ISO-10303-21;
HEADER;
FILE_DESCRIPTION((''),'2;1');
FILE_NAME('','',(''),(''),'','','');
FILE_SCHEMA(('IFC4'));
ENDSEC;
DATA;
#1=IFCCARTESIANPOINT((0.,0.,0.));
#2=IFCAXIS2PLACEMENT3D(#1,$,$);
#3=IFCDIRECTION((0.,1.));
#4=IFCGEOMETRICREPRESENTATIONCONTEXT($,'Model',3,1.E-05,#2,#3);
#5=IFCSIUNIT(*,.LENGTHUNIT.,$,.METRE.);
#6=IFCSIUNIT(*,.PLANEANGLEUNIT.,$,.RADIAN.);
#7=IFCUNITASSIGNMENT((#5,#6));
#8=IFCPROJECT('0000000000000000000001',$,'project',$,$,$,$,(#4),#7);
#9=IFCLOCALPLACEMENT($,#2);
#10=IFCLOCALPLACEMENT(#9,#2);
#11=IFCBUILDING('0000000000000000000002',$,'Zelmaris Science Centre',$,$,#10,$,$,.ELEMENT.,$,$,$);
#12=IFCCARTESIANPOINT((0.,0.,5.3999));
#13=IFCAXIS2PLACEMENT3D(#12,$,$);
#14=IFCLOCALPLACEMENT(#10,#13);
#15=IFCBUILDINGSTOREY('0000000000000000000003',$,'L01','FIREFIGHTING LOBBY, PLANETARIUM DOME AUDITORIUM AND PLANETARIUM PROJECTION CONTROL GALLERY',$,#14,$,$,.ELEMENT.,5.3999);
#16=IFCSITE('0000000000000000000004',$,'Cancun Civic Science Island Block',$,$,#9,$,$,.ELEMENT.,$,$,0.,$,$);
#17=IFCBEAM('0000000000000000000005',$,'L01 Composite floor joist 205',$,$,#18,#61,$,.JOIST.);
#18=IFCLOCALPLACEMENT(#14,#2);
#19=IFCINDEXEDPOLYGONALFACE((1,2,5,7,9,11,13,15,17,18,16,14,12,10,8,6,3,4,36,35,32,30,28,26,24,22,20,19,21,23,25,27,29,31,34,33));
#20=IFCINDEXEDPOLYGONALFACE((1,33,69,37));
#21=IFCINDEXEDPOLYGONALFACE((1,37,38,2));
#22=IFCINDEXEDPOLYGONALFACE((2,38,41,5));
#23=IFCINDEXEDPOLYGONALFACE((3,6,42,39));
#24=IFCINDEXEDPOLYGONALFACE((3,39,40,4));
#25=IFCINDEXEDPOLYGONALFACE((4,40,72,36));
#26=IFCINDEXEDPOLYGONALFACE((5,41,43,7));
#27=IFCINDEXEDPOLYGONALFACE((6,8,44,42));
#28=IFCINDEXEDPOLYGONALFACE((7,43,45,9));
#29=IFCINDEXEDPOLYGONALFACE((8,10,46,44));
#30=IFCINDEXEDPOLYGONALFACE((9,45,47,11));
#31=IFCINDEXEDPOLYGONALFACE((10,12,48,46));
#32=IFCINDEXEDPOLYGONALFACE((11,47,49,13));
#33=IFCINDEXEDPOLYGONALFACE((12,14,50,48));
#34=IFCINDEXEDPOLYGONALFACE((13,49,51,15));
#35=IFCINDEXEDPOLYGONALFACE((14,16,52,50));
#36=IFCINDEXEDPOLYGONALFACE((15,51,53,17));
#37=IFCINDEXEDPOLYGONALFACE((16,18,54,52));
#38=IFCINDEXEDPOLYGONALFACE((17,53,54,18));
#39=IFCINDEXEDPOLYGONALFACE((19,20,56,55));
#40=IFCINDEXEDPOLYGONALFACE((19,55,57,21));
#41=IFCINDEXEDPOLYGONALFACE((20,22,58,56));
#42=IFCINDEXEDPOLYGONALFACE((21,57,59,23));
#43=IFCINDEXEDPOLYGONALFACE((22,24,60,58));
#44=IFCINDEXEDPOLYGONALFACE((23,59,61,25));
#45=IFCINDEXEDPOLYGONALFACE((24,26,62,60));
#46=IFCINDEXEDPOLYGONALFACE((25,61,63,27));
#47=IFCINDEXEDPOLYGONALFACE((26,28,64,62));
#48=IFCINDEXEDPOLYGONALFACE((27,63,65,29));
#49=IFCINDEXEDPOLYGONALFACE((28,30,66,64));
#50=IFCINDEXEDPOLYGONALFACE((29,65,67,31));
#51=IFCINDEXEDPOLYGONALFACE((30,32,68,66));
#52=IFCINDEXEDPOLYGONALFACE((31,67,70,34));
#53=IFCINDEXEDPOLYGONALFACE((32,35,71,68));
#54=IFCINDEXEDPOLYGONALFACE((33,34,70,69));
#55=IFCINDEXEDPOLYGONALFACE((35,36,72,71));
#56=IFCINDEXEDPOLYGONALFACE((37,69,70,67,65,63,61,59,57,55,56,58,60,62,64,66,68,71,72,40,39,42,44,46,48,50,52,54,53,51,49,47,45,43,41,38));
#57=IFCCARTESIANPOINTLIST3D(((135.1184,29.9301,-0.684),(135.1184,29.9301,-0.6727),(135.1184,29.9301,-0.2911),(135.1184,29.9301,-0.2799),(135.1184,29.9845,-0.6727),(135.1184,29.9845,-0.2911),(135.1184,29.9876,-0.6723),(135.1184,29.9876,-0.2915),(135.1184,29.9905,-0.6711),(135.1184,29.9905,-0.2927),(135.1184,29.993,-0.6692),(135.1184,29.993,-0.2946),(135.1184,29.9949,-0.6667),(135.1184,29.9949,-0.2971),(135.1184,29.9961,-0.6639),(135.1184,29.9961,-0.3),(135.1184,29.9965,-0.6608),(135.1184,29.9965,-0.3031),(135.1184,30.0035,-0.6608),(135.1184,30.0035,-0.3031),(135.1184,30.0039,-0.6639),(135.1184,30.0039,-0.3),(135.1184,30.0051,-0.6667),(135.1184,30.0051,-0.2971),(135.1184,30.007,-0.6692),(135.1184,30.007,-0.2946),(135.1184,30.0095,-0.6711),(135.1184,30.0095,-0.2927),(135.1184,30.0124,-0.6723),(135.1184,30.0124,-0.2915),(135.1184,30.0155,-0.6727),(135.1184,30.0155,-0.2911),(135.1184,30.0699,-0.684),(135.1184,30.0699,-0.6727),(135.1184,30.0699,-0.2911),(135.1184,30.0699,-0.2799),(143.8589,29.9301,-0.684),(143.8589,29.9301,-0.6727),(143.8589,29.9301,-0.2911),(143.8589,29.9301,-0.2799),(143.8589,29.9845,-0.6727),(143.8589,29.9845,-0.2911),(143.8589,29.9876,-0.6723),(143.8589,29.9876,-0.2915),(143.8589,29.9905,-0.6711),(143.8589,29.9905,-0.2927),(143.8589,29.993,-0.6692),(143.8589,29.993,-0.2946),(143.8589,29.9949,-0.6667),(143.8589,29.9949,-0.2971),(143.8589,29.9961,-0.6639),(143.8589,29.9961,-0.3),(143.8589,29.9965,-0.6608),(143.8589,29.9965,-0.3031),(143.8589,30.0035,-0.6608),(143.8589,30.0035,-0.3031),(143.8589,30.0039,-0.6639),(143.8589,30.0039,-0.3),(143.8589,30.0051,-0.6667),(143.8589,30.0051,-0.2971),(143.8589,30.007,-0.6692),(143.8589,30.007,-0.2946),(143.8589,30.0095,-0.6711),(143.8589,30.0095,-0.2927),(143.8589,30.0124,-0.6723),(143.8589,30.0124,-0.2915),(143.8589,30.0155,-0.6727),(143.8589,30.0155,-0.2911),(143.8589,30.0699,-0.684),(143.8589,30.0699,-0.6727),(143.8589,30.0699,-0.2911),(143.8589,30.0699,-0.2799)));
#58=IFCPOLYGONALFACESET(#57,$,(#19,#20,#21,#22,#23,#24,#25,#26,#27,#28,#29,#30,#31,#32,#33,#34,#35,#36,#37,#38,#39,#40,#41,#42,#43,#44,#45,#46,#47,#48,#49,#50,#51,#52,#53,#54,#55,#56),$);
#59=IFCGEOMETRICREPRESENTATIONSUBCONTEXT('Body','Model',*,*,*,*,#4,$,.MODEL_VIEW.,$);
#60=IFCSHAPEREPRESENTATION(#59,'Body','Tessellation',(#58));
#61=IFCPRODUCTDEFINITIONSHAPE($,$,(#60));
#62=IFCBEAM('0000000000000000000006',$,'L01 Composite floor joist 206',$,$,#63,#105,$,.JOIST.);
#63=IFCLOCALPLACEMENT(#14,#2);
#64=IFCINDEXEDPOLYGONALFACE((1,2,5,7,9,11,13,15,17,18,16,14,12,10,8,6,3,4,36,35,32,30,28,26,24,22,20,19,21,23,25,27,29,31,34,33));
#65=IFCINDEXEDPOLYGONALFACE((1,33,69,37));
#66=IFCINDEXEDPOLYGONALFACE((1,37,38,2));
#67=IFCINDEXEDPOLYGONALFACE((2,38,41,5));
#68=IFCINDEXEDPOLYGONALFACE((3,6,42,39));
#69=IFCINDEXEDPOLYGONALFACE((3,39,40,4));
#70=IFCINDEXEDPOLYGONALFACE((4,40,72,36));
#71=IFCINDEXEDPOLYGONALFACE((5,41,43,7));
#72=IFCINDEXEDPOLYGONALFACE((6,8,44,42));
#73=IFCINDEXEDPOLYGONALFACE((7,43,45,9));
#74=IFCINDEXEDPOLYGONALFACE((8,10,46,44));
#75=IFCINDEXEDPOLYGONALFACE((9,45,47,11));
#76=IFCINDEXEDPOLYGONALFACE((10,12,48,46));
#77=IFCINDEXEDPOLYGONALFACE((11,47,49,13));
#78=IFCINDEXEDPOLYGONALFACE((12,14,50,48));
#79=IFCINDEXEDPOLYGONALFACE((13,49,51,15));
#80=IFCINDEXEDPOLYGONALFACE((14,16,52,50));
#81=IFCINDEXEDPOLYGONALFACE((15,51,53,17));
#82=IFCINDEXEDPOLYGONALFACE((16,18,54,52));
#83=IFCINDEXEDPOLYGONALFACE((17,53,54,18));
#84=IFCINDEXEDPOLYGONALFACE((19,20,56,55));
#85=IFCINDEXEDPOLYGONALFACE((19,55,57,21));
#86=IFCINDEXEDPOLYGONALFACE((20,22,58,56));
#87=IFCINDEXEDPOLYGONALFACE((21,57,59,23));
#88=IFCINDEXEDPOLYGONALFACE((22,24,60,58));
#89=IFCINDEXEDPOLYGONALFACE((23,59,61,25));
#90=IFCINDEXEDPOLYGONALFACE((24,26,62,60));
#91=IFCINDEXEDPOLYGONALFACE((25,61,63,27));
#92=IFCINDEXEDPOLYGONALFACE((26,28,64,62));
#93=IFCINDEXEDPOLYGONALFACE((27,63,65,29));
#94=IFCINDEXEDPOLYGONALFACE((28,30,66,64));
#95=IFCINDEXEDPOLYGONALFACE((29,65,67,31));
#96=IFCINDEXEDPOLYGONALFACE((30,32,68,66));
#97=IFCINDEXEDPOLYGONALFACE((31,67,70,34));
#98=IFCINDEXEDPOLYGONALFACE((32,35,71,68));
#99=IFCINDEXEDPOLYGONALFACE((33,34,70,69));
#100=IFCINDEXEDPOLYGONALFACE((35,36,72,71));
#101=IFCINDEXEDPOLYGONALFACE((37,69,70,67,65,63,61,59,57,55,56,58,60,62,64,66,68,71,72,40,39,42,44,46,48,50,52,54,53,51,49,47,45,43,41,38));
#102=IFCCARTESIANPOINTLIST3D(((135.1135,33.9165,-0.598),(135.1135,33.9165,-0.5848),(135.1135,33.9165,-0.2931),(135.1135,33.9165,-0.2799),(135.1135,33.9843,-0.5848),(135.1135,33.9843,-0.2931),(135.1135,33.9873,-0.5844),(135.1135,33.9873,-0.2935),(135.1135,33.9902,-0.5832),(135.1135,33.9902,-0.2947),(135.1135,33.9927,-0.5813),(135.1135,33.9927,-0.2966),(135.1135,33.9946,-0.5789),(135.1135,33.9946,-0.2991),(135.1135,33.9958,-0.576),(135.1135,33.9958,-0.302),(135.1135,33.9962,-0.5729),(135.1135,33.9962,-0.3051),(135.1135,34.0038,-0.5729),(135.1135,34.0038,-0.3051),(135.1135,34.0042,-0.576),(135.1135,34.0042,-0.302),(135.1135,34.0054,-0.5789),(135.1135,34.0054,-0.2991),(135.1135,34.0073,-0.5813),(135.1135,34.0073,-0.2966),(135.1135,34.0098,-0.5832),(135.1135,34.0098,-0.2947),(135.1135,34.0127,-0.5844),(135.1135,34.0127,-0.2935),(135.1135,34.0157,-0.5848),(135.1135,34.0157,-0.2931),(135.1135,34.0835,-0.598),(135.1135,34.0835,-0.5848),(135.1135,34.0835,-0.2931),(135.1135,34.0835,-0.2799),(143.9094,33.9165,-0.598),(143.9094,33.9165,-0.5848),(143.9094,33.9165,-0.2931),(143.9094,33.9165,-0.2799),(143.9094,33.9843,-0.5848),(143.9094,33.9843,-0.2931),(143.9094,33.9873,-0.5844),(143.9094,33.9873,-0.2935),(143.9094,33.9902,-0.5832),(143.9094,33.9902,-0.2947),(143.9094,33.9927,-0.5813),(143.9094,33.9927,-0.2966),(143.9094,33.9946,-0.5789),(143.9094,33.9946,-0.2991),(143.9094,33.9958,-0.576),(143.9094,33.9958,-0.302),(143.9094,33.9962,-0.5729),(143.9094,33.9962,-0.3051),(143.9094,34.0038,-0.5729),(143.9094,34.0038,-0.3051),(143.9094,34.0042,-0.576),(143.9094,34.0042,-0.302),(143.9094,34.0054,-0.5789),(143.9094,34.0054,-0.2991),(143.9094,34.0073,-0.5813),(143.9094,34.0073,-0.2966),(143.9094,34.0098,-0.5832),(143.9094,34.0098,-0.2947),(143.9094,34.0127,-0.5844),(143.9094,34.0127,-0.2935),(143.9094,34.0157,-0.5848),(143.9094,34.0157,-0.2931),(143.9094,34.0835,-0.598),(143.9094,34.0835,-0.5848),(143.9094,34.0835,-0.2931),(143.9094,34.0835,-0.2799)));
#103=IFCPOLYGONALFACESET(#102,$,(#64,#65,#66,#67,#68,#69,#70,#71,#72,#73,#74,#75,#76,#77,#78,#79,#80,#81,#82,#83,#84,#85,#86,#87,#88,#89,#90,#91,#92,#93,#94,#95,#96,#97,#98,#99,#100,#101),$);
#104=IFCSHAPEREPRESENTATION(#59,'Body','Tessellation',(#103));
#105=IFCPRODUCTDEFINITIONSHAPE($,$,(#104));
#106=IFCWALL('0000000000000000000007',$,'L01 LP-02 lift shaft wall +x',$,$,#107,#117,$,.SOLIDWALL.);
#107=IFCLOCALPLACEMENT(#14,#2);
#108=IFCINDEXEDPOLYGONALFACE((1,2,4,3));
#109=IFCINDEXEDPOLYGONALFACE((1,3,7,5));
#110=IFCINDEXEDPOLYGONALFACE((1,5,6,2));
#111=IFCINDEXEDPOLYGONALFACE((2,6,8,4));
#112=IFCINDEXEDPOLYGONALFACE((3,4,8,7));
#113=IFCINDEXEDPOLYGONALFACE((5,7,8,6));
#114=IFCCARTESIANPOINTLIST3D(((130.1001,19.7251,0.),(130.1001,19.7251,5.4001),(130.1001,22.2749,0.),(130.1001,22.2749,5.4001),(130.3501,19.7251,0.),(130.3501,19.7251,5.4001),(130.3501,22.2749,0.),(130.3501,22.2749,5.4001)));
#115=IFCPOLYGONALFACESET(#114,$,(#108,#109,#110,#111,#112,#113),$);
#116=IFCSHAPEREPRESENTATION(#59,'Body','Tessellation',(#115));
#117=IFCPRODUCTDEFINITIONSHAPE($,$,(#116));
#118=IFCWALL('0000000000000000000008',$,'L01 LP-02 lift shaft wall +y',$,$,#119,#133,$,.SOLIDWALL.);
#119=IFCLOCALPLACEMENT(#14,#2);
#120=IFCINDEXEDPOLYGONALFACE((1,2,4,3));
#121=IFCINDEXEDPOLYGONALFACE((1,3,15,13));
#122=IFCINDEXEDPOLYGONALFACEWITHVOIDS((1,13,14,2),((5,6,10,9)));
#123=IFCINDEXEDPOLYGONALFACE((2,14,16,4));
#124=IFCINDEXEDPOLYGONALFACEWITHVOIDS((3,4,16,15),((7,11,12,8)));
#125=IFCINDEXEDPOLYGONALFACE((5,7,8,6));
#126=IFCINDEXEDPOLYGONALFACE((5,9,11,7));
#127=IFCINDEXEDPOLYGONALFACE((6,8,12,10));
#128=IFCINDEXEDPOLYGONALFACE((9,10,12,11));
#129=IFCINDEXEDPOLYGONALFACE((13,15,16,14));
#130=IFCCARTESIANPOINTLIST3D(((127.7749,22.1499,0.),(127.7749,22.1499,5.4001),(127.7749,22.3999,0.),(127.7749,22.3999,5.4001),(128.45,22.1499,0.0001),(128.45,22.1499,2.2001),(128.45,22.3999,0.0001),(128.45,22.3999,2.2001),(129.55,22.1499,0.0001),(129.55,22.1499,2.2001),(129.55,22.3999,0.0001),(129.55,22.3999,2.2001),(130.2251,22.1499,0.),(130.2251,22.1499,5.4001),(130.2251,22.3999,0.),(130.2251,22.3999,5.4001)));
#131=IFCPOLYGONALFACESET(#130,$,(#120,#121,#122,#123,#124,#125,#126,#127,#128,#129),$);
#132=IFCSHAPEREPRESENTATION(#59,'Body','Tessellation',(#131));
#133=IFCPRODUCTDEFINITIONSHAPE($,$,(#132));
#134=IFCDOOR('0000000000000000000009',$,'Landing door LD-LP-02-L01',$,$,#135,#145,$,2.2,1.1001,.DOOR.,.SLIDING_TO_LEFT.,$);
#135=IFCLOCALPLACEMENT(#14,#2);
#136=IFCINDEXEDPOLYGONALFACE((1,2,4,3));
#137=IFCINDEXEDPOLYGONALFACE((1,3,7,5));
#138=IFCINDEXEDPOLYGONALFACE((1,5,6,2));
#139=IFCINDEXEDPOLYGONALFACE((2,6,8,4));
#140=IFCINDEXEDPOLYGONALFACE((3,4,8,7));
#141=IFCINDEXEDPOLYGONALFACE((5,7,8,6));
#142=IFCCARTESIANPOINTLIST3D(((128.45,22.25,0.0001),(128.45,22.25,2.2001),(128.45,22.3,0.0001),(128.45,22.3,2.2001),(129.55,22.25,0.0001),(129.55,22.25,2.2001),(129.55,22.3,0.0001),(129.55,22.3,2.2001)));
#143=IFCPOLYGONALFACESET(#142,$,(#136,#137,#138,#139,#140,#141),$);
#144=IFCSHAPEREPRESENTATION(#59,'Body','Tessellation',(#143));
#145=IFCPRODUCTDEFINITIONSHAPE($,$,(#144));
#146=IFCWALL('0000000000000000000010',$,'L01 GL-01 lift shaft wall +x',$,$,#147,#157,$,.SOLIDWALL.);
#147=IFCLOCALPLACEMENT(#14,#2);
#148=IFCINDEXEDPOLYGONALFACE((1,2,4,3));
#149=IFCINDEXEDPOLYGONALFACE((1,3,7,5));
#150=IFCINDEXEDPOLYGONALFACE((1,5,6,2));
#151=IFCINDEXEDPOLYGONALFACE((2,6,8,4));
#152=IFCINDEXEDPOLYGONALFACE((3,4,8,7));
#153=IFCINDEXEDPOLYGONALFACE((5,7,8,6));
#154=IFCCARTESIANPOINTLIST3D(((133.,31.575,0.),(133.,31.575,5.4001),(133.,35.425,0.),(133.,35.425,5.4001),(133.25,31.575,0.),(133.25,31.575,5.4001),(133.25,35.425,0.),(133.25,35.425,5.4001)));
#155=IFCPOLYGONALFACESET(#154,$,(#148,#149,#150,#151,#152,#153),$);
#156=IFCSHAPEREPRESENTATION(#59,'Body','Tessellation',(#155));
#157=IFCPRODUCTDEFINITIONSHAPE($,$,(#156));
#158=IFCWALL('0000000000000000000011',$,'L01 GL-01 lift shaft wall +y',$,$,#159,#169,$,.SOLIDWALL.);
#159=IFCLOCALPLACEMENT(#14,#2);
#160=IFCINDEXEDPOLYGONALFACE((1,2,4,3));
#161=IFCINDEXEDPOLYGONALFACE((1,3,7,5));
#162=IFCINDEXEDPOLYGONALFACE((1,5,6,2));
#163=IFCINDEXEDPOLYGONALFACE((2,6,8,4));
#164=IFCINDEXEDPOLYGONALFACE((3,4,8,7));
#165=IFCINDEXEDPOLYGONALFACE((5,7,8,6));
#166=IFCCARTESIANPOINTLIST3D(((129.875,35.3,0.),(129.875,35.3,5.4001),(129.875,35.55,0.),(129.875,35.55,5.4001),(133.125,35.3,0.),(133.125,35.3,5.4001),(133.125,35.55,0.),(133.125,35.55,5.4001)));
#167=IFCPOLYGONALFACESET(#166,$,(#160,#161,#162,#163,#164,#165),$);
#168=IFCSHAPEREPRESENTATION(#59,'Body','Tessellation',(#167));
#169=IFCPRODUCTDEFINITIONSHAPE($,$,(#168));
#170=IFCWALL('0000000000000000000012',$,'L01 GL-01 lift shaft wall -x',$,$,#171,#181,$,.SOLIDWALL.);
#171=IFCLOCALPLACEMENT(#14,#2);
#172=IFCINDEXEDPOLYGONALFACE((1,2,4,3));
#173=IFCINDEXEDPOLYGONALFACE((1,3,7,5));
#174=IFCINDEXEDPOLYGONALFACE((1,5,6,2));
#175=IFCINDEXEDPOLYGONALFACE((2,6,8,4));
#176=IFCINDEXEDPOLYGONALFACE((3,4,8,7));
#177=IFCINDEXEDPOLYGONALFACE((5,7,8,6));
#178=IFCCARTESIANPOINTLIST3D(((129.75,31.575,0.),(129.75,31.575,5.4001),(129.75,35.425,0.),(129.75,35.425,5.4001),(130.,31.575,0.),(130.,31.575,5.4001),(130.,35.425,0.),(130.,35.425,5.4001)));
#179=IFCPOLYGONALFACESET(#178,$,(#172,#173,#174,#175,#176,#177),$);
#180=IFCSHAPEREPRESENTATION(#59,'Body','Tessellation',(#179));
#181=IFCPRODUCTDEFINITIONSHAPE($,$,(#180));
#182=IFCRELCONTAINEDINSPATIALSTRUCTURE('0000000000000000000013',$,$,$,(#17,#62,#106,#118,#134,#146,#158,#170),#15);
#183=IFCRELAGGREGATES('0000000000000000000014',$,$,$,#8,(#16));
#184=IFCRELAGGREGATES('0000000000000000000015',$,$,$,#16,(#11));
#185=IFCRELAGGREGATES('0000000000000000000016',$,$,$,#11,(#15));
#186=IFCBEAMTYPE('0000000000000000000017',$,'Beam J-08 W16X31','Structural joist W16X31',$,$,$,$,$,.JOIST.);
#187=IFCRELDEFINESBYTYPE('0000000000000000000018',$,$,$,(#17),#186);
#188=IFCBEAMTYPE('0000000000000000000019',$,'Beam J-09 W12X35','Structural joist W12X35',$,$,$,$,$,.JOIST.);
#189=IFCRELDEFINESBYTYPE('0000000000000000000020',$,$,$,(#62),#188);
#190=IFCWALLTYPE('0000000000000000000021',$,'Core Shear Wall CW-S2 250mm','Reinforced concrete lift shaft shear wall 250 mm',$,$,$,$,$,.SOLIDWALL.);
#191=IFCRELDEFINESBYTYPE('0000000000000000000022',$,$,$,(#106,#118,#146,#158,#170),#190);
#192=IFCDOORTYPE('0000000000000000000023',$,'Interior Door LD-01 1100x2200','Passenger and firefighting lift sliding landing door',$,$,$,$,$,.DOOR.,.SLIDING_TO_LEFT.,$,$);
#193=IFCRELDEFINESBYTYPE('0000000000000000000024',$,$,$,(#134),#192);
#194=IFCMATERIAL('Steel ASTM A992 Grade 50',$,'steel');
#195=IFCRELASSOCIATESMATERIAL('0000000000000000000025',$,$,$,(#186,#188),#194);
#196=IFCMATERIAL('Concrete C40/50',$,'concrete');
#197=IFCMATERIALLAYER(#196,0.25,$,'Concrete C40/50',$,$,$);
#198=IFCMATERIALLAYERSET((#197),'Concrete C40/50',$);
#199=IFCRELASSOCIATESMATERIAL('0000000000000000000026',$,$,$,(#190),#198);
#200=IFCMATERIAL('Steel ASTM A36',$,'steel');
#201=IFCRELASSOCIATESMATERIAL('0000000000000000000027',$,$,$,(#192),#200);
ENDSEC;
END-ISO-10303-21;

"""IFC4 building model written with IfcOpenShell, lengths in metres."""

from ifc_helpers import new_model, si_unit, direction, frame, frame_2d, origin, origin_2d, place, context, subcontext, project, spatial, rectangle, i_section, extrude, material, layer, layer_set, material_profile, profile_set, type_object, element, fill, save


model = new_model("IFC4")

# Units and contexts
model_context = context("Model", 3, precision=1e-05, world=origin(), true_north=direction((0.0, 1.0)))
body_context = subcontext(model_context, "Body", "Model", "MODEL_VIEW")
ifc_project = project(units=[si_unit("LENGTHUNIT", "METRE"), si_unit("PLANEANGLEUNIT", "RADIAN")], contexts=[model_context])

# Site, building, storey
site_placement = place(None, origin())
site = spatial("IfcSite", under=ifc_project, at=site_placement, Name="Cancun Civic Science Island Block", CompositionType="ELEMENT", RefElevation=0.0)
building_placement = place(site_placement, origin())
building = spatial("IfcBuilding", under=site, at=building_placement, Name="Zelmaris Science Centre", CompositionType="ELEMENT")
storey_placement = place(building_placement, frame((0.0, 0.0, 5.3999)))
storey = spatial("IfcBuildingStorey", under=building, at=storey_placement, Name="L01", Description="FIREFIGHTING LOBBY, PLANETARIUM DOME AUDITORIUM AND PLANETARIUM PROJECTION CONTROL GALLERY", CompositionType="ELEMENT", Elevation=5.3999)

# Shared definitions
ifc_material_1 = material(Name="Steel ASTM A992 Grade 50", Category="steel")

# Beams
ifc_material_profile_1 = material_profile(ifc_material_1, i_section(OverallWidth=0.1399, OverallDepth=0.4041, WebThickness=0.0071, FlangeThickness=0.0112, FilletRadius=0.012, at=origin_2d()), Name="W16X31")
ifc_profile_set_1 = profile_set([ifc_material_profile_1], Name="Steel ASTM A992 Grade 50")
beam_type_1 = type_object("IfcBeamType", Name="Beam J-08 W16X31", Description="Structural joist W16X31", PredefinedType="JOIST", material=ifc_profile_set_1)
beam_1_placement = place(storey_placement, frame((135.1184, 30.0, -0.4819), z_axis=(1.0, 0.0, 0.0), x_axis=(0.0, 1.0, 0.0)))
element("IfcBeam", 1, at=beam_1_placement, inside=storey, type_object=beam_type_1, Name="L01 Composite floor joist 205", PredefinedType="JOIST", context=body_context, shape_type="SweptSolid", body=[
    extrude(i_section(OverallWidth=0.1399, OverallDepth=0.4041, WebThickness=0.0071, FlangeThickness=0.0112, FilletRadius=0.012, at=origin_2d()), origin(), (0.0, 0.0, 1.0), 8.7405),
])
ifc_material_profile_2 = material_profile(ifc_material_1, i_section(OverallWidth=0.167, OverallDepth=0.3181, WebThickness=0.0076, FlangeThickness=0.0132, FilletRadius=0.012, at=origin_2d()), Name="W12X35")
ifc_profile_set_2 = profile_set([ifc_material_profile_2], Name="Steel ASTM A992 Grade 50")
beam_type_2 = type_object("IfcBeamType", Name="Beam J-09 W12X35", Description="Structural joist W12X35", PredefinedType="JOIST", material=ifc_profile_set_2)
beam_2_placement = place(storey_placement, frame((135.1135, 34.0, -0.439), z_axis=(1.0, 0.0, 0.0), x_axis=(0.0, 1.0, 0.0)))
element("IfcBeam", 2, at=beam_2_placement, inside=storey, type_object=beam_type_2, Name="L01 Composite floor joist 206", PredefinedType="JOIST", context=body_context, shape_type="SweptSolid", body=[
    extrude(i_section(OverallWidth=0.167, OverallDepth=0.3181, WebThickness=0.0076, FlangeThickness=0.0132, FilletRadius=0.012, at=origin_2d()), origin(), (0.0, 0.0, 1.0), 8.7959),
])

# Wall
ifc_material_2 = material(Name="Concrete C40/50", Category="concrete")
ifc_layer_1 = layer(ifc_material_2, 0.25, Name="Concrete C40/50")
ifc_layer_set_1 = layer_set([ifc_layer_1], Name="Concrete C40/50")
wall_type_1 = type_object("IfcWallType", Name="Core Shear Wall CW-S2 250mm", Description="Reinforced concrete lift shaft shear wall 250 mm", PredefinedType="SOLIDWALL", material=ifc_layer_set_1)
wall_1_placement = place(storey_placement, frame((130.2251, 19.7251, 0.0), z_axis=(0.0, 0.0, 1.0), x_axis=(0.0, 1.0, 0.0)))
element("IfcWall", 3, at=wall_1_placement, inside=storey, type_object=wall_type_1, Name="L01 LP-02 lift shaft wall +x", PredefinedType="SOLIDWALL", context=body_context, shape_type="SweptSolid", body=[
    extrude(rectangle(XDim=2.5498, YDim=0.25, at=frame_2d((1.2749, 0.0))), origin(), (0.0, 0.0, 1.0), 5.4001),
])

# Wall, opening, door
wall_2_placement = place(storey_placement, frame((130.2251, 22.2749, 0.0), z_axis=(0.0, 0.0, 1.0), x_axis=(-1.0, 0.0, 0.0)))
wall_2 = element("IfcWall", 4, at=wall_2_placement, inside=storey, type_object=wall_type_1, Name="L01 LP-02 lift shaft wall +y", PredefinedType="SOLIDWALL", context=body_context, shape_type="SweptSolid", body=[
    extrude(rectangle(XDim=2.4502, YDim=0.25, at=frame_2d((1.2251, 0.0))), origin(), (0.0, 0.0, 1.0), 5.4001),
])
opening_1_placement = place(wall_2_placement, frame((0.675, 0.0, 0.0)))
opening_1 = element("IfcOpeningElement", 5, at=opening_1_placement, cuts=wall_2, PredefinedType="OPENING", context=body_context, shape_type="SweptSolid", body=[
    extrude(rectangle(XDim=1.1001, YDim=2.2, at=frame_2d((0.55, 1.1001))), frame((0.0, 0.135, 0.0), z_axis=(0.0, -1.0, 0.0), x_axis=(1.0, 0.0, 0.0)), (0.0, 0.0, 1.0), 0.27),
])
ifc_material_3 = material(Name="Steel ASTM A36", Category="steel")
door_type_1 = type_object("IfcDoorType", Name="Interior Door LD-01 1100x2200", Description="Passenger and firefighting lift sliding landing door", OperationType="SLIDING_TO_LEFT", PredefinedType="DOOR", material=ifc_material_3)
door_1_placement = place(opening_1_placement, origin())
door_1 = element("IfcDoor", 6, at=door_1_placement, inside=storey, type_object=door_type_1, Name="Landing door LD-LP-02-L01", OperationType="SLIDING_TO_LEFT", OverallHeight=2.2, OverallWidth=1.1001, PredefinedType="DOOR", context=body_context, shape_type="SweptSolid", body=[
    extrude(rectangle(XDim=1.1001, YDim=2.2, at=frame_2d((0.55, 1.1001))), frame((0.0, 0.0249, 0.0), z_axis=(0.0, -1.0, 0.0), x_axis=(1.0, 0.0, 0.0)), (0.0, 0.0, 1.0), 0.05),
])
fill(opening_1, door_1)

# Walls
wall_3_placement = place(storey_placement, frame((133.125, 31.575, 0.0), z_axis=(0.0, 0.0, 1.0), x_axis=(0.0, 1.0, 0.0)))
element("IfcWall", 7, at=wall_3_placement, inside=storey, type_object=wall_type_1, Name="L01 GL-01 lift shaft wall +x", PredefinedType="SOLIDWALL", context=body_context, shape_type="SweptSolid", body=[
    extrude(rectangle(XDim=3.8501, YDim=0.25, at=frame_2d((1.925, 0.0))), origin(), (0.0, 0.0, 1.0), 5.4001),
])
wall_4_placement = place(storey_placement, frame((133.125, 35.425, 0.0), z_axis=(0.0, 0.0, 1.0), x_axis=(-1.0, 0.0, 0.0)))
element("IfcWall", 8, at=wall_4_placement, inside=storey, type_object=wall_type_1, Name="L01 GL-01 lift shaft wall +y", PredefinedType="SOLIDWALL", context=body_context, shape_type="SweptSolid", body=[
    extrude(rectangle(XDim=3.25, YDim=0.25, at=frame_2d((1.625, 0.0))), origin(), (0.0, 0.0, 1.0), 5.4001),
])
wall_5_placement = place(storey_placement, frame((129.875, 35.425, 0.0), z_axis=(0.0, 0.0, 1.0), x_axis=(0.0, -1.0, 0.0)))
element("IfcWall", 9, at=wall_5_placement, inside=storey, type_object=wall_type_1, Name="L01 GL-01 lift shaft wall -x", PredefinedType="SOLIDWALL", context=body_context, shape_type="SweptSolid", body=[
    extrude(rectangle(XDim=3.8501, YDim=0.25, at=frame_2d((1.925, 0.0))), origin(), (0.0, 0.0, 1.0), 5.4001),
])

save(model, "model.ifc")
